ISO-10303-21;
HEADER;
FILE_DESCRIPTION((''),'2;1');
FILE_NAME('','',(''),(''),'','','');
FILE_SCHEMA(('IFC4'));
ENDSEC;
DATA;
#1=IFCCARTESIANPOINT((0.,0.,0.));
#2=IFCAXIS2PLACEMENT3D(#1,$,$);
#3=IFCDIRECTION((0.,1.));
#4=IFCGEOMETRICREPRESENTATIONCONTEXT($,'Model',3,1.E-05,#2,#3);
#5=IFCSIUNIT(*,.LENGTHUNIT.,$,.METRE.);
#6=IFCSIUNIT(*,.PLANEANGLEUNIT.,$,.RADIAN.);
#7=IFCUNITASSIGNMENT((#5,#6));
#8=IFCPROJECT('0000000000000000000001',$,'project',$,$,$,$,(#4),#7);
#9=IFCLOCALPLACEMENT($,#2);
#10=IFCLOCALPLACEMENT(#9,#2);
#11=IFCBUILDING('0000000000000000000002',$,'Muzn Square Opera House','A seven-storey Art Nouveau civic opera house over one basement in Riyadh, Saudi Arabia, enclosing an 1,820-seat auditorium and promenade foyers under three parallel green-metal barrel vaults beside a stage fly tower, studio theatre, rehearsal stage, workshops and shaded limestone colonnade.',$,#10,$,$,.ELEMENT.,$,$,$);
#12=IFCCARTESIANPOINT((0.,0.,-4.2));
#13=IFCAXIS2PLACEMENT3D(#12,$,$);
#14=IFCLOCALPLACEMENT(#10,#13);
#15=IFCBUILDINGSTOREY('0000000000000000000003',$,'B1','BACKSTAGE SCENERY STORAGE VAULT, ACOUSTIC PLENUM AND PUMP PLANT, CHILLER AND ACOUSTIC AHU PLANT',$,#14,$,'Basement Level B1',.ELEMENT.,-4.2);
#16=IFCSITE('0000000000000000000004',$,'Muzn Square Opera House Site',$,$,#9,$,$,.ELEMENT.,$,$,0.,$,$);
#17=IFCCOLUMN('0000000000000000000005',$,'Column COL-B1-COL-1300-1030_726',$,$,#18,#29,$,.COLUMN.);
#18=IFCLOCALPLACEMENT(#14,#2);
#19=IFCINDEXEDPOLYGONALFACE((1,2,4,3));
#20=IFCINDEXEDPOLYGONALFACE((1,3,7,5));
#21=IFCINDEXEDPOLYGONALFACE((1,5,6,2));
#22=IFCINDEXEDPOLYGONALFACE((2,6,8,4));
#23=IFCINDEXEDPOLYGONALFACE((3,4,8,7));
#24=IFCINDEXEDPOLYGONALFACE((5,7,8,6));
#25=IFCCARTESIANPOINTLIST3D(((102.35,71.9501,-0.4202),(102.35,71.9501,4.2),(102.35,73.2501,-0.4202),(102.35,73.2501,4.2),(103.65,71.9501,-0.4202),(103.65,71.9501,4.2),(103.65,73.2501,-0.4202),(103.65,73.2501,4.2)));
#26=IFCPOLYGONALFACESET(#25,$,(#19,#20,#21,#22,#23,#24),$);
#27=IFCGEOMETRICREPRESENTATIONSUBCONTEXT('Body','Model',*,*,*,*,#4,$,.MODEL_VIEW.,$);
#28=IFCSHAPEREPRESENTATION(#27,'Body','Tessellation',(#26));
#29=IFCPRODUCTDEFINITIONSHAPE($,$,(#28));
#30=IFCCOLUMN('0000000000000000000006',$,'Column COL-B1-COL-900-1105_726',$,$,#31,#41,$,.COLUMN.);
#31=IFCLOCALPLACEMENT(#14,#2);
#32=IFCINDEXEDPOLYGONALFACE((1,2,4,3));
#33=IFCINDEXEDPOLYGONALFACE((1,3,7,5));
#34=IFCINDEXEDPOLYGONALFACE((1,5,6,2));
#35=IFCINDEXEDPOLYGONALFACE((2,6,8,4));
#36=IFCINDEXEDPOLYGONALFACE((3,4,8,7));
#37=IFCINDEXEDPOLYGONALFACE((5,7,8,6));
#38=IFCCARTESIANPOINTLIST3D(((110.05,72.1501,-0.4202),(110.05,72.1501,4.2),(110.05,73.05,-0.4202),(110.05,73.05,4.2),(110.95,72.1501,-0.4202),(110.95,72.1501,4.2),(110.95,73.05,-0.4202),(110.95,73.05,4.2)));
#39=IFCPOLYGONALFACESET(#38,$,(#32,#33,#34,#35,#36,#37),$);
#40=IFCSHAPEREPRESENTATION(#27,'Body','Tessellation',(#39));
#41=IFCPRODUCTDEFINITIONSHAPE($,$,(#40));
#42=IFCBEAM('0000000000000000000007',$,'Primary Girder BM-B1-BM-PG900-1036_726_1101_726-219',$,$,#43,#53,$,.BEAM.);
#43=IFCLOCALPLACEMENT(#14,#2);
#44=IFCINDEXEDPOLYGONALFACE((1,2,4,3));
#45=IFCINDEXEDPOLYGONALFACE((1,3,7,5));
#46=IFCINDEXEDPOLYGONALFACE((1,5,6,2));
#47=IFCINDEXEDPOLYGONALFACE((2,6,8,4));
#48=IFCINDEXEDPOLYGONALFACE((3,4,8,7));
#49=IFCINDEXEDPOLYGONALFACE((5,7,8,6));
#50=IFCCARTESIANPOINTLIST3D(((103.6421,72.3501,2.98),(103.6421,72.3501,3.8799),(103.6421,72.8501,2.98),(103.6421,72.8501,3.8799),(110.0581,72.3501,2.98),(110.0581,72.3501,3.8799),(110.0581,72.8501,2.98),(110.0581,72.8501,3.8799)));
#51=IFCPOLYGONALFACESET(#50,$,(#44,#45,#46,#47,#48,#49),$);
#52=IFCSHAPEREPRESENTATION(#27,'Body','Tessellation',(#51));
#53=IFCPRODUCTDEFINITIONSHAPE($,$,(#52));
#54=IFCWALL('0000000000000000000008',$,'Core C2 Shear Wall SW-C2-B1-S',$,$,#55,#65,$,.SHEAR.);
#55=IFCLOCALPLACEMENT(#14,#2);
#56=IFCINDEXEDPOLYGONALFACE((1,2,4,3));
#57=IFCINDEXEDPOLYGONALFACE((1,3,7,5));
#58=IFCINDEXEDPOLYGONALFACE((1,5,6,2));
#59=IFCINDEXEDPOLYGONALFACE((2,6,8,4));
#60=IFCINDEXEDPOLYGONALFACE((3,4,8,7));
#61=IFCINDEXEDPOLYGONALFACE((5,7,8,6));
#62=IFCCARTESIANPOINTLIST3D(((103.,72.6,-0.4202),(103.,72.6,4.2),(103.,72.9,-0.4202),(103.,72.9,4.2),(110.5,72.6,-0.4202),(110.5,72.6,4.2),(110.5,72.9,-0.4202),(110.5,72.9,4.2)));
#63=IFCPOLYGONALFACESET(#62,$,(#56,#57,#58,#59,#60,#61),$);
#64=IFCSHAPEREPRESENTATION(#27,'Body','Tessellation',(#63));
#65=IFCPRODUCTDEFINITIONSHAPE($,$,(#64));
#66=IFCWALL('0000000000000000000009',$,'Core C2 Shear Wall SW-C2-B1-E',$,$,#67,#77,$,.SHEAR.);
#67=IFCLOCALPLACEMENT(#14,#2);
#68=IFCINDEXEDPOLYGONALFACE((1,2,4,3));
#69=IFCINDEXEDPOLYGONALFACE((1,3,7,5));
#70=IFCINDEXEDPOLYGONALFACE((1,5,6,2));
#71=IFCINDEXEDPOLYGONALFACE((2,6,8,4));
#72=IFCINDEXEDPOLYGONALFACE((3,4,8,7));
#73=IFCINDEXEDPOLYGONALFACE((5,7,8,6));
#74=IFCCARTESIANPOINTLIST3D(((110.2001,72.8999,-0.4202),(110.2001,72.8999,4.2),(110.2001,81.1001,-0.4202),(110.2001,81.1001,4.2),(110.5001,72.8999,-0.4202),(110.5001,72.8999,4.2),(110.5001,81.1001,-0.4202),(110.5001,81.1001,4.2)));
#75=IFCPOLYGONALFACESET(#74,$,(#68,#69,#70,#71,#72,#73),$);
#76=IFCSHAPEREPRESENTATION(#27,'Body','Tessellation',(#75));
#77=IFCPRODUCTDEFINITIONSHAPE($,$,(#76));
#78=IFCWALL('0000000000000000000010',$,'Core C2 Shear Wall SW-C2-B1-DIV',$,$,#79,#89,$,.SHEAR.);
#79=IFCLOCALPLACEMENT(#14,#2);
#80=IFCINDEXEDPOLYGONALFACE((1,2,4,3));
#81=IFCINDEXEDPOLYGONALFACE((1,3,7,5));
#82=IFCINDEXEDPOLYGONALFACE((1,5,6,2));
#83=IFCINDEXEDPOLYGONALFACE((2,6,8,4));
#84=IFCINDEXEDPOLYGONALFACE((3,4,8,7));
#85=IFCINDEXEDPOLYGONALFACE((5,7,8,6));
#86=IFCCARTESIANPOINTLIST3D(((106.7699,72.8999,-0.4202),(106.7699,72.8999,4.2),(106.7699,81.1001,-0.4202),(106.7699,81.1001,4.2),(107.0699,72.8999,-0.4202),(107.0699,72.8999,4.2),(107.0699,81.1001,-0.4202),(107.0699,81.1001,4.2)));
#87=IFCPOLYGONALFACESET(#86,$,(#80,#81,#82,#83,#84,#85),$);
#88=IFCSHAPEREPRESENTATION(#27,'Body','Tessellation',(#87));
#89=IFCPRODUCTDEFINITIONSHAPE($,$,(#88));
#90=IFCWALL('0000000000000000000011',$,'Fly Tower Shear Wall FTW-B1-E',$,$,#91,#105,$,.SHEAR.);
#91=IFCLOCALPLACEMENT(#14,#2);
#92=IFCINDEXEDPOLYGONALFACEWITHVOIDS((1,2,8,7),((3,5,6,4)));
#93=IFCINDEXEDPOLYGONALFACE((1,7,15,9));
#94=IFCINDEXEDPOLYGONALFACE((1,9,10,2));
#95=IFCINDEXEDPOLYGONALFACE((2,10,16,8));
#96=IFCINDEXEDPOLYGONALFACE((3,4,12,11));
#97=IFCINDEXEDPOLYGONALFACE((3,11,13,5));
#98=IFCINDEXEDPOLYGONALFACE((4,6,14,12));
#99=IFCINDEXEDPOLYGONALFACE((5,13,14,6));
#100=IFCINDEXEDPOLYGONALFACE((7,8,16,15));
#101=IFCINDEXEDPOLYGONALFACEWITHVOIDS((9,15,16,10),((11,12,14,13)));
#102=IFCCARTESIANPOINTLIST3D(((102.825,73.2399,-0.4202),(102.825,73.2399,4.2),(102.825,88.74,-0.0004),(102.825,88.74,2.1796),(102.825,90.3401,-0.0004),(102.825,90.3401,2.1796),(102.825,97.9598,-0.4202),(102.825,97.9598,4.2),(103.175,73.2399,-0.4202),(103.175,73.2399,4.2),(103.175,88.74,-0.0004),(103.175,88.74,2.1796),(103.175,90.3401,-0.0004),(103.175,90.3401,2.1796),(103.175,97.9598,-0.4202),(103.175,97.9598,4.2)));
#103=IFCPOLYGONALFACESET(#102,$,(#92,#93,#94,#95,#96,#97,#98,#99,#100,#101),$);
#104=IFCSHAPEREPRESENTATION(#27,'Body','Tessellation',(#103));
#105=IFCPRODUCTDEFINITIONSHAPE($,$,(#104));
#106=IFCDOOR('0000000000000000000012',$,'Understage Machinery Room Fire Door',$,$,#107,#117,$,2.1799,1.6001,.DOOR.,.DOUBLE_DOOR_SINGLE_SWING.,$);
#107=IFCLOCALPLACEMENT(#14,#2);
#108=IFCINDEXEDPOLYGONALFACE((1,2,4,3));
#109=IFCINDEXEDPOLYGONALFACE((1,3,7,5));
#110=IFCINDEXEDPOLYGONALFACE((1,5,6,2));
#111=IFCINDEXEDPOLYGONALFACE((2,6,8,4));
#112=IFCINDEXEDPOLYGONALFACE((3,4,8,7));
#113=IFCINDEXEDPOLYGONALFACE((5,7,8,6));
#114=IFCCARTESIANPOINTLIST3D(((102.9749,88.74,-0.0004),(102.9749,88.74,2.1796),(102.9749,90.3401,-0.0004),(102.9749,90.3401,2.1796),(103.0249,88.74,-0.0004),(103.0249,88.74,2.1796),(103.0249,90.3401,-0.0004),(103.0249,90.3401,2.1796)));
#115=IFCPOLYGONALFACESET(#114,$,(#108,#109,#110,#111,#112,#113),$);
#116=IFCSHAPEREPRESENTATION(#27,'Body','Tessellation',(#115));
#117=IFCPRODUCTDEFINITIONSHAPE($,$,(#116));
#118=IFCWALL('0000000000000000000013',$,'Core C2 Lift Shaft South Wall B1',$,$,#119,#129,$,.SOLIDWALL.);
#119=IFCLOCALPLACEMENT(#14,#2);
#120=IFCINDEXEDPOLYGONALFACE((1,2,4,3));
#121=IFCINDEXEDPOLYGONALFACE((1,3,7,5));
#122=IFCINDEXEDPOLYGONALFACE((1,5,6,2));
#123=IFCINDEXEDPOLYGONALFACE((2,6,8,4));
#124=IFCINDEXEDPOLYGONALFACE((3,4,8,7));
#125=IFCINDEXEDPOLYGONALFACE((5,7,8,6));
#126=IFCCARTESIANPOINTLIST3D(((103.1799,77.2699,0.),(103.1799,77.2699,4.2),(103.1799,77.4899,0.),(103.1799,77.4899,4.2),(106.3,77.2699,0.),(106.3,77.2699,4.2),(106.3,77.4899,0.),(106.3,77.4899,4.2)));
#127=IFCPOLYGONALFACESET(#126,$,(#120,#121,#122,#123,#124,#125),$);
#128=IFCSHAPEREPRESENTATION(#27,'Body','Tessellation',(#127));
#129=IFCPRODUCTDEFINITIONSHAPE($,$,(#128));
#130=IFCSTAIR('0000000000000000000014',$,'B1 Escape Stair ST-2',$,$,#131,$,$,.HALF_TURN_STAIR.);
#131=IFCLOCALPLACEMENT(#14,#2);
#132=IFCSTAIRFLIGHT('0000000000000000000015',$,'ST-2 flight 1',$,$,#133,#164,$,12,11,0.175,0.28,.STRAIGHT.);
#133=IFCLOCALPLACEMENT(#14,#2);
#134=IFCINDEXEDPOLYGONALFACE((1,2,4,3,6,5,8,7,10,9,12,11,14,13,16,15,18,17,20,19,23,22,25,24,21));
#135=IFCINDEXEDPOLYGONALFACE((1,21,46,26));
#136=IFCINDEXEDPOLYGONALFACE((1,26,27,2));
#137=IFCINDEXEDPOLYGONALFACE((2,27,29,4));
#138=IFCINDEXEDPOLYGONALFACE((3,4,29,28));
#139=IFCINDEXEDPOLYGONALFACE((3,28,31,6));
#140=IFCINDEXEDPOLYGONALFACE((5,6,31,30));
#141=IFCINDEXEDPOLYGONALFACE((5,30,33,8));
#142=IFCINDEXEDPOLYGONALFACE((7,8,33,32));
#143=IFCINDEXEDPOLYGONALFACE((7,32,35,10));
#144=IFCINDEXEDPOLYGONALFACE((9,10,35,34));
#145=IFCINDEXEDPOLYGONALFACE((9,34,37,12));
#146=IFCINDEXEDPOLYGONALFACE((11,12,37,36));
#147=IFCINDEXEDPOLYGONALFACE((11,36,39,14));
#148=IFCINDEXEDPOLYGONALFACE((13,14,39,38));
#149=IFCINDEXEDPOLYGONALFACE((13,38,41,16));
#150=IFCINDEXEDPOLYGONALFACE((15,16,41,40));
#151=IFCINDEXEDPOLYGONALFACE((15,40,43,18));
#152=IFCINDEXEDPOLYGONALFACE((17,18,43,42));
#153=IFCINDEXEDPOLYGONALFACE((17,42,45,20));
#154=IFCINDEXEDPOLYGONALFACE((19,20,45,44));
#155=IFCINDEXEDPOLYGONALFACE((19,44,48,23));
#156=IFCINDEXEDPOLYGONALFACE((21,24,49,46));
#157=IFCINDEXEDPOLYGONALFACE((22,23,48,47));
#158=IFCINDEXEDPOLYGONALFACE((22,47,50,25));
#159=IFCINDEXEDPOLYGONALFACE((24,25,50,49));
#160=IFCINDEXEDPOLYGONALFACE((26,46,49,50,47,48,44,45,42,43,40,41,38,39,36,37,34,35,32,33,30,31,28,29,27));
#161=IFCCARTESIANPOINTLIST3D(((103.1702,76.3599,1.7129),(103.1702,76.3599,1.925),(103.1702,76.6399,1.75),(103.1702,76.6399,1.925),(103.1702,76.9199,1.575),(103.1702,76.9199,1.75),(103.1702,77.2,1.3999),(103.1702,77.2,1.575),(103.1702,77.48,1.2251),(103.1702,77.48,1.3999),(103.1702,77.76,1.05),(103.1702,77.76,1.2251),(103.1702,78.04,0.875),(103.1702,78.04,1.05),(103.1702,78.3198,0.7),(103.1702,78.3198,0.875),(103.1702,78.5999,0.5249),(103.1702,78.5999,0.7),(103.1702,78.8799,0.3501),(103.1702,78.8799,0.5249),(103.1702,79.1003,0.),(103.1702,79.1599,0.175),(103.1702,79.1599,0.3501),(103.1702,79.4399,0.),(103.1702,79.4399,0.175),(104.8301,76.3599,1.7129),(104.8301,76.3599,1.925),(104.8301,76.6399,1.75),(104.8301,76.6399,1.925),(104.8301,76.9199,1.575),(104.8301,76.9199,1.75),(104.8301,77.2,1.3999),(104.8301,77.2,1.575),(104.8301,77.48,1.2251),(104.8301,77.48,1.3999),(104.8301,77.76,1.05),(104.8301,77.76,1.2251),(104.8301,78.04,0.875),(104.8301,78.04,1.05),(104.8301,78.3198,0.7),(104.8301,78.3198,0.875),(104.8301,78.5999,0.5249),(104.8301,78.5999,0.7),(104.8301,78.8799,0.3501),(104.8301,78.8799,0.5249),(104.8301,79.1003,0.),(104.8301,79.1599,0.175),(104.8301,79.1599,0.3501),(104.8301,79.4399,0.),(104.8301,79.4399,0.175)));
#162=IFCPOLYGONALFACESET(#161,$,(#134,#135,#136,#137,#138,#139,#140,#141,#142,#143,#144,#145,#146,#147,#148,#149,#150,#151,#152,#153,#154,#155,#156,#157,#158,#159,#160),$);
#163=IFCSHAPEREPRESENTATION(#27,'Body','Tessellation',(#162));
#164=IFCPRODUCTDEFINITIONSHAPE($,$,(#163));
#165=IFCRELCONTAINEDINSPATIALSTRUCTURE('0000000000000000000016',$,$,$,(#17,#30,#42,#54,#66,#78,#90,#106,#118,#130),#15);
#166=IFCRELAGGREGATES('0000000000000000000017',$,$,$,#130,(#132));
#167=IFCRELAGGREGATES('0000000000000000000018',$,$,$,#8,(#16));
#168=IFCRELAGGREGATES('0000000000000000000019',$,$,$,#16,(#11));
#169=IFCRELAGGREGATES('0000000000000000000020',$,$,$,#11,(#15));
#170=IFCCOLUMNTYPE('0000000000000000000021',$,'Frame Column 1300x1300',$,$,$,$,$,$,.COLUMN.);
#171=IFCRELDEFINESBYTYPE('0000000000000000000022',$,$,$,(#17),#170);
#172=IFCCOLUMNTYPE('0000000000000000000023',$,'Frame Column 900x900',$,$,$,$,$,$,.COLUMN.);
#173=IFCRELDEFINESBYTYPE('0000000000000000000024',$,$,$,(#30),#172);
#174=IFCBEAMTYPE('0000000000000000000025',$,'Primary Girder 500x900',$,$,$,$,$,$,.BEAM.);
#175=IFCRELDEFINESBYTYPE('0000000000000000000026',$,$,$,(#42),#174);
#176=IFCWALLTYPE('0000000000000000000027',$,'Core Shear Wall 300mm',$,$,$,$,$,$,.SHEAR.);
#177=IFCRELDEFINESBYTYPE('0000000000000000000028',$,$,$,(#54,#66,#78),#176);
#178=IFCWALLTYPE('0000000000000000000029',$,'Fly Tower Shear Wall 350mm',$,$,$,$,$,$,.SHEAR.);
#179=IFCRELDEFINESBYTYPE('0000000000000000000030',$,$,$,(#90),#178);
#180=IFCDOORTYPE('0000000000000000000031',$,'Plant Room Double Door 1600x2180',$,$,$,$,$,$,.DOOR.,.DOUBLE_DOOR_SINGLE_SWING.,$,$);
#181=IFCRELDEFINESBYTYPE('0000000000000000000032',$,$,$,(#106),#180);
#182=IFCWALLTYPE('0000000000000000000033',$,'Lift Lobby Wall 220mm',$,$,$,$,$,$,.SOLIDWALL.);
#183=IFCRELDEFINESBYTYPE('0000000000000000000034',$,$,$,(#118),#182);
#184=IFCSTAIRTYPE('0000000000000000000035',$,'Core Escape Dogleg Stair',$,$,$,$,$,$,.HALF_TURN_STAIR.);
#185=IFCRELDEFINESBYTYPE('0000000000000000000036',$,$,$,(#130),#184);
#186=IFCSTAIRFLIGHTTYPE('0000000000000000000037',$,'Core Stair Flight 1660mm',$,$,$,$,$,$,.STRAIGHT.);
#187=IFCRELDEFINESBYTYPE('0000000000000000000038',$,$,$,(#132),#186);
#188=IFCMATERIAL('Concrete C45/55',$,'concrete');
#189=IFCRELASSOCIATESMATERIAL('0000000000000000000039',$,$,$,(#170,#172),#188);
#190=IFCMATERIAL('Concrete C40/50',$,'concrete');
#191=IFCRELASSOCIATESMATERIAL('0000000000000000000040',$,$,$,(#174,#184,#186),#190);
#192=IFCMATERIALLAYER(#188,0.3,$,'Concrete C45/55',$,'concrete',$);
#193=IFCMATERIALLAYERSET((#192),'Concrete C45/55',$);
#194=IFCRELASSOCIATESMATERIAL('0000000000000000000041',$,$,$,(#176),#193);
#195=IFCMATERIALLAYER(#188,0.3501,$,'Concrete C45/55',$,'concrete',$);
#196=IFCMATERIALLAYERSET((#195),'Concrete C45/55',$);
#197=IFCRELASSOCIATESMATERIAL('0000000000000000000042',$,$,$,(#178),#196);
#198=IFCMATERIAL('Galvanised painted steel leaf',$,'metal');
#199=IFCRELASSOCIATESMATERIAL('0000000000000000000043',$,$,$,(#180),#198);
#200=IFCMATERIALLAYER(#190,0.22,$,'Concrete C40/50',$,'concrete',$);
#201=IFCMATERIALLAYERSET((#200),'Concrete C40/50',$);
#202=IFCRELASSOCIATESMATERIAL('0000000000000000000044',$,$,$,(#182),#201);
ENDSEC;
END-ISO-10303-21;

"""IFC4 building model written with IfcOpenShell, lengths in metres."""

from ifc_helpers import new_model, si_unit, direction, frame, frame_2d, origin, origin_2d, place, context, subcontext, project, spatial, polyline, rectangle, outline, extrude, material, layer, layer_set, material_profile, profile_set, type_object, element, fill, aggregate, save


model = new_model("IFC4")

# Units and contexts
model_context = context("Model", 3, precision=1e-05, world=origin(), true_north=direction((0.0, 1.0)))
body_context = subcontext(model_context, "Body", "Model", "MODEL_VIEW")
ifc_project = project(units=[si_unit("LENGTHUNIT", "METRE"), si_unit("PLANEANGLEUNIT", "RADIAN")], contexts=[model_context])

# Site, building, storey
site_placement = place(None, origin())
site = spatial("IfcSite", under=ifc_project, at=site_placement, Name="Muzn Square Opera House Site", CompositionType="ELEMENT", RefElevation=0.0)
building_placement = place(site_placement, origin())
building = spatial("IfcBuilding", under=site, at=building_placement, Name="Muzn Square Opera House", Description="A seven-storey Art Nouveau civic opera house over one basement in Riyadh, Saudi Arabia, enclosing an 1,820-seat auditorium and promenade foyers under three parallel green-metal barrel vaults beside a stage fly tower, studio theatre, rehearsal stage, workshops and shaded limestone colonnade.", CompositionType="ELEMENT")
storey_placement = place(building_placement, frame((0.0, 0.0, -4.2)))
storey = spatial("IfcBuildingStorey", under=building, at=storey_placement, Name="B1", Description="BACKSTAGE SCENERY STORAGE VAULT, ACOUSTIC PLENUM AND PUMP PLANT, CHILLER AND ACOUSTIC AHU PLANT", LongName="Basement Level B1", CompositionType="ELEMENT", Elevation=-4.2)

# Shared definitions
ifc_material_1 = material(Name="Concrete C40/50", Category="concrete")

# Columns
ifc_material_2 = material(Name="Concrete C45/55", Category="concrete")
ifc_material_profile_1 = material_profile(ifc_material_2, rectangle(XDim=1.3, YDim=1.3, at=origin_2d()), Name="RC 1300x1300", Category="concrete")
ifc_profile_set_1 = profile_set([ifc_material_profile_1], Name="Concrete C45/55")
column_type_1 = type_object("IfcColumnType", Name="Frame Column 1300x1300", PredefinedType="COLUMN", material=ifc_profile_set_1)
column_1_placement = place(storey_placement, frame((103.0, 72.6001, -0.4202), z_axis=(0.0, 0.0, 1.0), x_axis=(1.0, 0.0, 0.0)))
element("IfcColumn", 1, at=column_1_placement, inside=storey, type_object=column_type_1, Name="Column COL-B1-COL-1300-1030_726", PredefinedType="COLUMN", context=body_context, shape_type="SweptSolid", body=[
    extrude(rectangle(XDim=1.3, YDim=1.3, at=origin_2d()), origin(), (0.0, 0.0, 1.0), 4.6201),
])
ifc_material_profile_2 = material_profile(ifc_material_2, rectangle(XDim=0.8999, YDim=0.8999, at=origin_2d()), Name="RC 900x900", Category="concrete")
ifc_profile_set_2 = profile_set([ifc_material_profile_2], Name="Concrete C45/55")
column_type_2 = type_object("IfcColumnType", Name="Frame Column 900x900", PredefinedType="COLUMN", material=ifc_profile_set_2)
column_2_placement = place(storey_placement, frame((110.5, 72.6001, -0.4202), z_axis=(0.0, 0.0, 1.0), x_axis=(1.0, 0.0, 0.0)))
element("IfcColumn", 2, at=column_2_placement, inside=storey, type_object=column_type_2, Name="Column COL-B1-COL-900-1105_726", PredefinedType="COLUMN", context=body_context, shape_type="SweptSolid", body=[
    extrude(rectangle(XDim=0.8999, YDim=0.8999, at=origin_2d()), origin(), (0.0, 0.0, 1.0), 4.6201),
])

# Beam
ifc_material_profile_3 = material_profile(ifc_material_1, rectangle(XDim=0.5, YDim=0.8999, at=origin_2d()), Name="RCB 500x900", Category="concrete")
ifc_profile_set_3 = profile_set([ifc_material_profile_3], Name="Concrete C40/50")
beam_type = type_object("IfcBeamType", Name="Primary Girder 500x900", PredefinedType="BEAM", material=ifc_profile_set_3)
beam_placement = place(storey_placement, frame((103.6421, 72.6001, 3.4299), z_axis=(1.0, 0.0, 0.0), x_axis=(0.0, 1.0, 0.0)))
element("IfcBeam", 3, at=beam_placement, inside=storey, type_object=beam_type, Name="Primary Girder BM-B1-BM-PG900-1036_726_1101_726-219", PredefinedType="BEAM", context=body_context, shape_type="SweptSolid", body=[
    extrude(rectangle(XDim=0.5, YDim=0.8999, at=origin_2d()), origin(), (0.0, 0.0, 1.0), 6.416),
])

# Walls
ifc_layer_1 = layer(ifc_material_2, 0.3, Name="Concrete C45/55", Category="concrete")
ifc_layer_set_1 = layer_set([ifc_layer_1], Name="Concrete C45/55")
wall_type_1 = type_object("IfcWallType", Name="Core Shear Wall 300mm", PredefinedType="SHEAR", material=ifc_layer_set_1)
wall_1_placement = place(storey_placement, frame((103.0, 72.75, -0.4202), z_axis=(0.0, 0.0, 1.0), x_axis=(1.0, 0.0, 0.0)))
element("IfcWall", 4, at=wall_1_placement, inside=storey, type_object=wall_type_1, Name="Core C2 Shear Wall SW-C2-B1-S", PredefinedType="SHEAR", context=body_context, shape_type="SweptSolid", body=[
    extrude(rectangle(XDim=7.5, YDim=0.3, at=frame_2d((3.75, 0.0))), origin(), (0.0, 0.0, 1.0), 4.6201),
])
for number, where, z_axis, x_axis, name in (
    (5, (110.3501, 72.8999, -0.4202), (0.0, 0.0, 1.0), (0.0, 1.0, 0.0), "Core C2 Shear Wall SW-C2-B1-E"),
    (6, (106.9199, 72.8999, -0.4202), (0.0, 0.0, 1.0), (0.0, 1.0, 0.0), "Core C2 Shear Wall SW-C2-B1-DIV"),
):
    element("IfcWall", number, at=place(storey_placement, frame(where, z_axis=z_axis, x_axis=x_axis)), inside=storey, type_object=wall_type_1, Name=name, PredefinedType="SHEAR", context=body_context, shape_type="SweptSolid", body=[
        extrude(rectangle(XDim=8.2002, YDim=0.3, at=frame_2d((4.1001, 0.0))), origin(), (0.0, 0.0, 1.0), 4.6201),
    ])

# Wall, opening, door
ifc_layer_2 = layer(ifc_material_2, 0.3501, Name="Concrete C45/55", Category="concrete")
ifc_layer_set_2 = layer_set([ifc_layer_2], Name="Concrete C45/55")
wall_type_2 = type_object("IfcWallType", Name="Fly Tower Shear Wall 350mm", PredefinedType="SHEAR", material=ifc_layer_set_2)
wall_2_placement = place(storey_placement, frame((103.0, 73.24, -0.4202), z_axis=(0.0, 0.0, 1.0), x_axis=(0.0, 1.0, 0.0)))
wall_2 = element("IfcWall", 7, at=wall_2_placement, inside=storey, type_object=wall_type_2, Name="Fly Tower Shear Wall FTW-B1-E", PredefinedType="SHEAR", context=body_context, shape_type="SweptSolid", body=[
    extrude(rectangle(XDim=24.72, YDim=0.3501, at=frame_2d((12.3599, 0.0))), origin(), (0.0, 0.0, 1.0), 4.6201),
])
opening_placement = place(wall_2_placement, frame((17.1001, 0.0, 0.4199), z_axis=(0.0, 0.0, 1.0), x_axis=(-1.0, 0.0, 0.0)))
opening = element("IfcOpeningElement", 8, at=opening_placement, cuts=wall_2, PredefinedType="OPENING", context=body_context, shape_type="SweptSolid", body=[
    extrude(rectangle(XDim=1.6001, YDim=2.1799, at=frame_2d((0.8, 1.0898))), frame((0.0, 0.1851, 0.0), z_axis=(0.0, -1.0, 0.0), x_axis=(1.0, 0.0, 0.0)), (0.0, 0.0, 1.0), 0.3701),
])
ifc_material_3 = material(Name="Galvanised painted steel leaf", Category="metal")
door_type = type_object("IfcDoorType", Name="Plant Room Double Door 1600x2180", OperationType="DOUBLE_DOOR_SINGLE_SWING", PredefinedType="DOOR", material=ifc_material_3)
door_placement = place(opening_placement, origin())
door = element("IfcDoor", 9, at=door_placement, inside=storey, type_object=door_type, Name="Understage Machinery Room Fire Door", OperationType="DOUBLE_DOOR_SINGLE_SWING", OverallHeight=2.1799, OverallWidth=1.6001, PredefinedType="DOOR", context=body_context, shape_type="SweptSolid", body=[
    extrude(rectangle(XDim=1.6001, YDim=2.1799, at=frame_2d((0.8, 1.0898))), frame((0.0, 0.0249, 0.0), z_axis=(0.0, -1.0, 0.0), x_axis=(1.0, 0.0, 0.0)), (0.0, 0.0, 1.0), 0.05),
])
fill(opening, door)

# Wall
ifc_layer_3 = layer(ifc_material_1, 0.22, Name="Concrete C40/50", Category="concrete")
ifc_layer_set_3 = layer_set([ifc_layer_3], Name="Concrete C40/50")
wall_type_3 = type_object("IfcWallType", Name="Lift Lobby Wall 220mm", PredefinedType="SOLIDWALL", material=ifc_layer_set_3)
wall_3_placement = place(storey_placement, frame((103.1799, 77.3799, 0.0), z_axis=(0.0, 0.0, 1.0), x_axis=(1.0, 0.0, 0.0)))
element("IfcWall", 10, at=wall_3_placement, inside=storey, type_object=wall_type_3, Name="Core C2 Lift Shaft South Wall B1", PredefinedType="SOLIDWALL", context=body_context, shape_type="SweptSolid", body=[
    extrude(rectangle(XDim=3.1201, YDim=0.22, at=frame_2d((1.5601, 0.0))), origin(), (0.0, 0.0, 1.0), 4.2),
])

# Stair, stair flight
stair_type = type_object("IfcStairType", Name="Core Escape Dogleg Stair", PredefinedType="HALF_TURN_STAIR", material=ifc_material_1)
stair_placement = place(storey_placement, origin())
stair = element("IfcStair", 11, at=stair_placement, inside=storey, type_object=stair_type, Name="B1 Escape Stair ST-2", PredefinedType="HALF_TURN_STAIR")
stair_flight_type = type_object("IfcStairFlightType", Name="Core Stair Flight 1660mm", PredefinedType="STRAIGHT", material=ifc_material_1)
stair_flight_1_placement = place(storey_placement, frame((104.0, 79.4399, 0.0), z_axis=(0.0, 0.0, 1.0), x_axis=(0.0, -1.0, 0.0)))
stair_flight_1 = element("IfcStairFlight", 12, at=stair_flight_1_placement, type_object=stair_flight_type, Name="ST-2 flight 1", NumberOfRisers=12, NumberOfTreads=11, PredefinedType="STRAIGHT", RiserHeight=0.175, TreadLength=0.28, context=body_context, shape_type="SweptSolid", body=[
    extrude(outline(polyline([(0.0, 0.0), (0.0, 0.175), (0.28, 0.175), (0.28, 0.3501), (0.5601, 0.3501), (0.5601, 0.5249), (0.8401, 0.5249), (0.8401, 0.7), (1.1201, 0.7), (1.1201, 0.875), (1.3999, 0.875), (1.3999, 1.05), (1.6799, 1.05), (1.6799, 1.2251), (1.96, 1.2251), (1.96, 1.3999), (2.24, 1.3999), (2.24, 1.575), (2.52, 1.575), (2.52, 1.75), (2.8, 1.75), (2.8, 1.925), (3.0801, 1.925), (3.0801, 2.1001), (3.0801, 1.7129), (0.3396, 0.0), (0.0, 0.0)])), frame((0.0, 0.8301, 0.0), z_axis=(0.0, -1.0, 0.0), x_axis=(1.0, 0.0, 0.0)), (0.0, 0.0, 1.0), 1.6599),
])
aggregate(stair, [stair_flight_1])

save(model, "model.ifc")
